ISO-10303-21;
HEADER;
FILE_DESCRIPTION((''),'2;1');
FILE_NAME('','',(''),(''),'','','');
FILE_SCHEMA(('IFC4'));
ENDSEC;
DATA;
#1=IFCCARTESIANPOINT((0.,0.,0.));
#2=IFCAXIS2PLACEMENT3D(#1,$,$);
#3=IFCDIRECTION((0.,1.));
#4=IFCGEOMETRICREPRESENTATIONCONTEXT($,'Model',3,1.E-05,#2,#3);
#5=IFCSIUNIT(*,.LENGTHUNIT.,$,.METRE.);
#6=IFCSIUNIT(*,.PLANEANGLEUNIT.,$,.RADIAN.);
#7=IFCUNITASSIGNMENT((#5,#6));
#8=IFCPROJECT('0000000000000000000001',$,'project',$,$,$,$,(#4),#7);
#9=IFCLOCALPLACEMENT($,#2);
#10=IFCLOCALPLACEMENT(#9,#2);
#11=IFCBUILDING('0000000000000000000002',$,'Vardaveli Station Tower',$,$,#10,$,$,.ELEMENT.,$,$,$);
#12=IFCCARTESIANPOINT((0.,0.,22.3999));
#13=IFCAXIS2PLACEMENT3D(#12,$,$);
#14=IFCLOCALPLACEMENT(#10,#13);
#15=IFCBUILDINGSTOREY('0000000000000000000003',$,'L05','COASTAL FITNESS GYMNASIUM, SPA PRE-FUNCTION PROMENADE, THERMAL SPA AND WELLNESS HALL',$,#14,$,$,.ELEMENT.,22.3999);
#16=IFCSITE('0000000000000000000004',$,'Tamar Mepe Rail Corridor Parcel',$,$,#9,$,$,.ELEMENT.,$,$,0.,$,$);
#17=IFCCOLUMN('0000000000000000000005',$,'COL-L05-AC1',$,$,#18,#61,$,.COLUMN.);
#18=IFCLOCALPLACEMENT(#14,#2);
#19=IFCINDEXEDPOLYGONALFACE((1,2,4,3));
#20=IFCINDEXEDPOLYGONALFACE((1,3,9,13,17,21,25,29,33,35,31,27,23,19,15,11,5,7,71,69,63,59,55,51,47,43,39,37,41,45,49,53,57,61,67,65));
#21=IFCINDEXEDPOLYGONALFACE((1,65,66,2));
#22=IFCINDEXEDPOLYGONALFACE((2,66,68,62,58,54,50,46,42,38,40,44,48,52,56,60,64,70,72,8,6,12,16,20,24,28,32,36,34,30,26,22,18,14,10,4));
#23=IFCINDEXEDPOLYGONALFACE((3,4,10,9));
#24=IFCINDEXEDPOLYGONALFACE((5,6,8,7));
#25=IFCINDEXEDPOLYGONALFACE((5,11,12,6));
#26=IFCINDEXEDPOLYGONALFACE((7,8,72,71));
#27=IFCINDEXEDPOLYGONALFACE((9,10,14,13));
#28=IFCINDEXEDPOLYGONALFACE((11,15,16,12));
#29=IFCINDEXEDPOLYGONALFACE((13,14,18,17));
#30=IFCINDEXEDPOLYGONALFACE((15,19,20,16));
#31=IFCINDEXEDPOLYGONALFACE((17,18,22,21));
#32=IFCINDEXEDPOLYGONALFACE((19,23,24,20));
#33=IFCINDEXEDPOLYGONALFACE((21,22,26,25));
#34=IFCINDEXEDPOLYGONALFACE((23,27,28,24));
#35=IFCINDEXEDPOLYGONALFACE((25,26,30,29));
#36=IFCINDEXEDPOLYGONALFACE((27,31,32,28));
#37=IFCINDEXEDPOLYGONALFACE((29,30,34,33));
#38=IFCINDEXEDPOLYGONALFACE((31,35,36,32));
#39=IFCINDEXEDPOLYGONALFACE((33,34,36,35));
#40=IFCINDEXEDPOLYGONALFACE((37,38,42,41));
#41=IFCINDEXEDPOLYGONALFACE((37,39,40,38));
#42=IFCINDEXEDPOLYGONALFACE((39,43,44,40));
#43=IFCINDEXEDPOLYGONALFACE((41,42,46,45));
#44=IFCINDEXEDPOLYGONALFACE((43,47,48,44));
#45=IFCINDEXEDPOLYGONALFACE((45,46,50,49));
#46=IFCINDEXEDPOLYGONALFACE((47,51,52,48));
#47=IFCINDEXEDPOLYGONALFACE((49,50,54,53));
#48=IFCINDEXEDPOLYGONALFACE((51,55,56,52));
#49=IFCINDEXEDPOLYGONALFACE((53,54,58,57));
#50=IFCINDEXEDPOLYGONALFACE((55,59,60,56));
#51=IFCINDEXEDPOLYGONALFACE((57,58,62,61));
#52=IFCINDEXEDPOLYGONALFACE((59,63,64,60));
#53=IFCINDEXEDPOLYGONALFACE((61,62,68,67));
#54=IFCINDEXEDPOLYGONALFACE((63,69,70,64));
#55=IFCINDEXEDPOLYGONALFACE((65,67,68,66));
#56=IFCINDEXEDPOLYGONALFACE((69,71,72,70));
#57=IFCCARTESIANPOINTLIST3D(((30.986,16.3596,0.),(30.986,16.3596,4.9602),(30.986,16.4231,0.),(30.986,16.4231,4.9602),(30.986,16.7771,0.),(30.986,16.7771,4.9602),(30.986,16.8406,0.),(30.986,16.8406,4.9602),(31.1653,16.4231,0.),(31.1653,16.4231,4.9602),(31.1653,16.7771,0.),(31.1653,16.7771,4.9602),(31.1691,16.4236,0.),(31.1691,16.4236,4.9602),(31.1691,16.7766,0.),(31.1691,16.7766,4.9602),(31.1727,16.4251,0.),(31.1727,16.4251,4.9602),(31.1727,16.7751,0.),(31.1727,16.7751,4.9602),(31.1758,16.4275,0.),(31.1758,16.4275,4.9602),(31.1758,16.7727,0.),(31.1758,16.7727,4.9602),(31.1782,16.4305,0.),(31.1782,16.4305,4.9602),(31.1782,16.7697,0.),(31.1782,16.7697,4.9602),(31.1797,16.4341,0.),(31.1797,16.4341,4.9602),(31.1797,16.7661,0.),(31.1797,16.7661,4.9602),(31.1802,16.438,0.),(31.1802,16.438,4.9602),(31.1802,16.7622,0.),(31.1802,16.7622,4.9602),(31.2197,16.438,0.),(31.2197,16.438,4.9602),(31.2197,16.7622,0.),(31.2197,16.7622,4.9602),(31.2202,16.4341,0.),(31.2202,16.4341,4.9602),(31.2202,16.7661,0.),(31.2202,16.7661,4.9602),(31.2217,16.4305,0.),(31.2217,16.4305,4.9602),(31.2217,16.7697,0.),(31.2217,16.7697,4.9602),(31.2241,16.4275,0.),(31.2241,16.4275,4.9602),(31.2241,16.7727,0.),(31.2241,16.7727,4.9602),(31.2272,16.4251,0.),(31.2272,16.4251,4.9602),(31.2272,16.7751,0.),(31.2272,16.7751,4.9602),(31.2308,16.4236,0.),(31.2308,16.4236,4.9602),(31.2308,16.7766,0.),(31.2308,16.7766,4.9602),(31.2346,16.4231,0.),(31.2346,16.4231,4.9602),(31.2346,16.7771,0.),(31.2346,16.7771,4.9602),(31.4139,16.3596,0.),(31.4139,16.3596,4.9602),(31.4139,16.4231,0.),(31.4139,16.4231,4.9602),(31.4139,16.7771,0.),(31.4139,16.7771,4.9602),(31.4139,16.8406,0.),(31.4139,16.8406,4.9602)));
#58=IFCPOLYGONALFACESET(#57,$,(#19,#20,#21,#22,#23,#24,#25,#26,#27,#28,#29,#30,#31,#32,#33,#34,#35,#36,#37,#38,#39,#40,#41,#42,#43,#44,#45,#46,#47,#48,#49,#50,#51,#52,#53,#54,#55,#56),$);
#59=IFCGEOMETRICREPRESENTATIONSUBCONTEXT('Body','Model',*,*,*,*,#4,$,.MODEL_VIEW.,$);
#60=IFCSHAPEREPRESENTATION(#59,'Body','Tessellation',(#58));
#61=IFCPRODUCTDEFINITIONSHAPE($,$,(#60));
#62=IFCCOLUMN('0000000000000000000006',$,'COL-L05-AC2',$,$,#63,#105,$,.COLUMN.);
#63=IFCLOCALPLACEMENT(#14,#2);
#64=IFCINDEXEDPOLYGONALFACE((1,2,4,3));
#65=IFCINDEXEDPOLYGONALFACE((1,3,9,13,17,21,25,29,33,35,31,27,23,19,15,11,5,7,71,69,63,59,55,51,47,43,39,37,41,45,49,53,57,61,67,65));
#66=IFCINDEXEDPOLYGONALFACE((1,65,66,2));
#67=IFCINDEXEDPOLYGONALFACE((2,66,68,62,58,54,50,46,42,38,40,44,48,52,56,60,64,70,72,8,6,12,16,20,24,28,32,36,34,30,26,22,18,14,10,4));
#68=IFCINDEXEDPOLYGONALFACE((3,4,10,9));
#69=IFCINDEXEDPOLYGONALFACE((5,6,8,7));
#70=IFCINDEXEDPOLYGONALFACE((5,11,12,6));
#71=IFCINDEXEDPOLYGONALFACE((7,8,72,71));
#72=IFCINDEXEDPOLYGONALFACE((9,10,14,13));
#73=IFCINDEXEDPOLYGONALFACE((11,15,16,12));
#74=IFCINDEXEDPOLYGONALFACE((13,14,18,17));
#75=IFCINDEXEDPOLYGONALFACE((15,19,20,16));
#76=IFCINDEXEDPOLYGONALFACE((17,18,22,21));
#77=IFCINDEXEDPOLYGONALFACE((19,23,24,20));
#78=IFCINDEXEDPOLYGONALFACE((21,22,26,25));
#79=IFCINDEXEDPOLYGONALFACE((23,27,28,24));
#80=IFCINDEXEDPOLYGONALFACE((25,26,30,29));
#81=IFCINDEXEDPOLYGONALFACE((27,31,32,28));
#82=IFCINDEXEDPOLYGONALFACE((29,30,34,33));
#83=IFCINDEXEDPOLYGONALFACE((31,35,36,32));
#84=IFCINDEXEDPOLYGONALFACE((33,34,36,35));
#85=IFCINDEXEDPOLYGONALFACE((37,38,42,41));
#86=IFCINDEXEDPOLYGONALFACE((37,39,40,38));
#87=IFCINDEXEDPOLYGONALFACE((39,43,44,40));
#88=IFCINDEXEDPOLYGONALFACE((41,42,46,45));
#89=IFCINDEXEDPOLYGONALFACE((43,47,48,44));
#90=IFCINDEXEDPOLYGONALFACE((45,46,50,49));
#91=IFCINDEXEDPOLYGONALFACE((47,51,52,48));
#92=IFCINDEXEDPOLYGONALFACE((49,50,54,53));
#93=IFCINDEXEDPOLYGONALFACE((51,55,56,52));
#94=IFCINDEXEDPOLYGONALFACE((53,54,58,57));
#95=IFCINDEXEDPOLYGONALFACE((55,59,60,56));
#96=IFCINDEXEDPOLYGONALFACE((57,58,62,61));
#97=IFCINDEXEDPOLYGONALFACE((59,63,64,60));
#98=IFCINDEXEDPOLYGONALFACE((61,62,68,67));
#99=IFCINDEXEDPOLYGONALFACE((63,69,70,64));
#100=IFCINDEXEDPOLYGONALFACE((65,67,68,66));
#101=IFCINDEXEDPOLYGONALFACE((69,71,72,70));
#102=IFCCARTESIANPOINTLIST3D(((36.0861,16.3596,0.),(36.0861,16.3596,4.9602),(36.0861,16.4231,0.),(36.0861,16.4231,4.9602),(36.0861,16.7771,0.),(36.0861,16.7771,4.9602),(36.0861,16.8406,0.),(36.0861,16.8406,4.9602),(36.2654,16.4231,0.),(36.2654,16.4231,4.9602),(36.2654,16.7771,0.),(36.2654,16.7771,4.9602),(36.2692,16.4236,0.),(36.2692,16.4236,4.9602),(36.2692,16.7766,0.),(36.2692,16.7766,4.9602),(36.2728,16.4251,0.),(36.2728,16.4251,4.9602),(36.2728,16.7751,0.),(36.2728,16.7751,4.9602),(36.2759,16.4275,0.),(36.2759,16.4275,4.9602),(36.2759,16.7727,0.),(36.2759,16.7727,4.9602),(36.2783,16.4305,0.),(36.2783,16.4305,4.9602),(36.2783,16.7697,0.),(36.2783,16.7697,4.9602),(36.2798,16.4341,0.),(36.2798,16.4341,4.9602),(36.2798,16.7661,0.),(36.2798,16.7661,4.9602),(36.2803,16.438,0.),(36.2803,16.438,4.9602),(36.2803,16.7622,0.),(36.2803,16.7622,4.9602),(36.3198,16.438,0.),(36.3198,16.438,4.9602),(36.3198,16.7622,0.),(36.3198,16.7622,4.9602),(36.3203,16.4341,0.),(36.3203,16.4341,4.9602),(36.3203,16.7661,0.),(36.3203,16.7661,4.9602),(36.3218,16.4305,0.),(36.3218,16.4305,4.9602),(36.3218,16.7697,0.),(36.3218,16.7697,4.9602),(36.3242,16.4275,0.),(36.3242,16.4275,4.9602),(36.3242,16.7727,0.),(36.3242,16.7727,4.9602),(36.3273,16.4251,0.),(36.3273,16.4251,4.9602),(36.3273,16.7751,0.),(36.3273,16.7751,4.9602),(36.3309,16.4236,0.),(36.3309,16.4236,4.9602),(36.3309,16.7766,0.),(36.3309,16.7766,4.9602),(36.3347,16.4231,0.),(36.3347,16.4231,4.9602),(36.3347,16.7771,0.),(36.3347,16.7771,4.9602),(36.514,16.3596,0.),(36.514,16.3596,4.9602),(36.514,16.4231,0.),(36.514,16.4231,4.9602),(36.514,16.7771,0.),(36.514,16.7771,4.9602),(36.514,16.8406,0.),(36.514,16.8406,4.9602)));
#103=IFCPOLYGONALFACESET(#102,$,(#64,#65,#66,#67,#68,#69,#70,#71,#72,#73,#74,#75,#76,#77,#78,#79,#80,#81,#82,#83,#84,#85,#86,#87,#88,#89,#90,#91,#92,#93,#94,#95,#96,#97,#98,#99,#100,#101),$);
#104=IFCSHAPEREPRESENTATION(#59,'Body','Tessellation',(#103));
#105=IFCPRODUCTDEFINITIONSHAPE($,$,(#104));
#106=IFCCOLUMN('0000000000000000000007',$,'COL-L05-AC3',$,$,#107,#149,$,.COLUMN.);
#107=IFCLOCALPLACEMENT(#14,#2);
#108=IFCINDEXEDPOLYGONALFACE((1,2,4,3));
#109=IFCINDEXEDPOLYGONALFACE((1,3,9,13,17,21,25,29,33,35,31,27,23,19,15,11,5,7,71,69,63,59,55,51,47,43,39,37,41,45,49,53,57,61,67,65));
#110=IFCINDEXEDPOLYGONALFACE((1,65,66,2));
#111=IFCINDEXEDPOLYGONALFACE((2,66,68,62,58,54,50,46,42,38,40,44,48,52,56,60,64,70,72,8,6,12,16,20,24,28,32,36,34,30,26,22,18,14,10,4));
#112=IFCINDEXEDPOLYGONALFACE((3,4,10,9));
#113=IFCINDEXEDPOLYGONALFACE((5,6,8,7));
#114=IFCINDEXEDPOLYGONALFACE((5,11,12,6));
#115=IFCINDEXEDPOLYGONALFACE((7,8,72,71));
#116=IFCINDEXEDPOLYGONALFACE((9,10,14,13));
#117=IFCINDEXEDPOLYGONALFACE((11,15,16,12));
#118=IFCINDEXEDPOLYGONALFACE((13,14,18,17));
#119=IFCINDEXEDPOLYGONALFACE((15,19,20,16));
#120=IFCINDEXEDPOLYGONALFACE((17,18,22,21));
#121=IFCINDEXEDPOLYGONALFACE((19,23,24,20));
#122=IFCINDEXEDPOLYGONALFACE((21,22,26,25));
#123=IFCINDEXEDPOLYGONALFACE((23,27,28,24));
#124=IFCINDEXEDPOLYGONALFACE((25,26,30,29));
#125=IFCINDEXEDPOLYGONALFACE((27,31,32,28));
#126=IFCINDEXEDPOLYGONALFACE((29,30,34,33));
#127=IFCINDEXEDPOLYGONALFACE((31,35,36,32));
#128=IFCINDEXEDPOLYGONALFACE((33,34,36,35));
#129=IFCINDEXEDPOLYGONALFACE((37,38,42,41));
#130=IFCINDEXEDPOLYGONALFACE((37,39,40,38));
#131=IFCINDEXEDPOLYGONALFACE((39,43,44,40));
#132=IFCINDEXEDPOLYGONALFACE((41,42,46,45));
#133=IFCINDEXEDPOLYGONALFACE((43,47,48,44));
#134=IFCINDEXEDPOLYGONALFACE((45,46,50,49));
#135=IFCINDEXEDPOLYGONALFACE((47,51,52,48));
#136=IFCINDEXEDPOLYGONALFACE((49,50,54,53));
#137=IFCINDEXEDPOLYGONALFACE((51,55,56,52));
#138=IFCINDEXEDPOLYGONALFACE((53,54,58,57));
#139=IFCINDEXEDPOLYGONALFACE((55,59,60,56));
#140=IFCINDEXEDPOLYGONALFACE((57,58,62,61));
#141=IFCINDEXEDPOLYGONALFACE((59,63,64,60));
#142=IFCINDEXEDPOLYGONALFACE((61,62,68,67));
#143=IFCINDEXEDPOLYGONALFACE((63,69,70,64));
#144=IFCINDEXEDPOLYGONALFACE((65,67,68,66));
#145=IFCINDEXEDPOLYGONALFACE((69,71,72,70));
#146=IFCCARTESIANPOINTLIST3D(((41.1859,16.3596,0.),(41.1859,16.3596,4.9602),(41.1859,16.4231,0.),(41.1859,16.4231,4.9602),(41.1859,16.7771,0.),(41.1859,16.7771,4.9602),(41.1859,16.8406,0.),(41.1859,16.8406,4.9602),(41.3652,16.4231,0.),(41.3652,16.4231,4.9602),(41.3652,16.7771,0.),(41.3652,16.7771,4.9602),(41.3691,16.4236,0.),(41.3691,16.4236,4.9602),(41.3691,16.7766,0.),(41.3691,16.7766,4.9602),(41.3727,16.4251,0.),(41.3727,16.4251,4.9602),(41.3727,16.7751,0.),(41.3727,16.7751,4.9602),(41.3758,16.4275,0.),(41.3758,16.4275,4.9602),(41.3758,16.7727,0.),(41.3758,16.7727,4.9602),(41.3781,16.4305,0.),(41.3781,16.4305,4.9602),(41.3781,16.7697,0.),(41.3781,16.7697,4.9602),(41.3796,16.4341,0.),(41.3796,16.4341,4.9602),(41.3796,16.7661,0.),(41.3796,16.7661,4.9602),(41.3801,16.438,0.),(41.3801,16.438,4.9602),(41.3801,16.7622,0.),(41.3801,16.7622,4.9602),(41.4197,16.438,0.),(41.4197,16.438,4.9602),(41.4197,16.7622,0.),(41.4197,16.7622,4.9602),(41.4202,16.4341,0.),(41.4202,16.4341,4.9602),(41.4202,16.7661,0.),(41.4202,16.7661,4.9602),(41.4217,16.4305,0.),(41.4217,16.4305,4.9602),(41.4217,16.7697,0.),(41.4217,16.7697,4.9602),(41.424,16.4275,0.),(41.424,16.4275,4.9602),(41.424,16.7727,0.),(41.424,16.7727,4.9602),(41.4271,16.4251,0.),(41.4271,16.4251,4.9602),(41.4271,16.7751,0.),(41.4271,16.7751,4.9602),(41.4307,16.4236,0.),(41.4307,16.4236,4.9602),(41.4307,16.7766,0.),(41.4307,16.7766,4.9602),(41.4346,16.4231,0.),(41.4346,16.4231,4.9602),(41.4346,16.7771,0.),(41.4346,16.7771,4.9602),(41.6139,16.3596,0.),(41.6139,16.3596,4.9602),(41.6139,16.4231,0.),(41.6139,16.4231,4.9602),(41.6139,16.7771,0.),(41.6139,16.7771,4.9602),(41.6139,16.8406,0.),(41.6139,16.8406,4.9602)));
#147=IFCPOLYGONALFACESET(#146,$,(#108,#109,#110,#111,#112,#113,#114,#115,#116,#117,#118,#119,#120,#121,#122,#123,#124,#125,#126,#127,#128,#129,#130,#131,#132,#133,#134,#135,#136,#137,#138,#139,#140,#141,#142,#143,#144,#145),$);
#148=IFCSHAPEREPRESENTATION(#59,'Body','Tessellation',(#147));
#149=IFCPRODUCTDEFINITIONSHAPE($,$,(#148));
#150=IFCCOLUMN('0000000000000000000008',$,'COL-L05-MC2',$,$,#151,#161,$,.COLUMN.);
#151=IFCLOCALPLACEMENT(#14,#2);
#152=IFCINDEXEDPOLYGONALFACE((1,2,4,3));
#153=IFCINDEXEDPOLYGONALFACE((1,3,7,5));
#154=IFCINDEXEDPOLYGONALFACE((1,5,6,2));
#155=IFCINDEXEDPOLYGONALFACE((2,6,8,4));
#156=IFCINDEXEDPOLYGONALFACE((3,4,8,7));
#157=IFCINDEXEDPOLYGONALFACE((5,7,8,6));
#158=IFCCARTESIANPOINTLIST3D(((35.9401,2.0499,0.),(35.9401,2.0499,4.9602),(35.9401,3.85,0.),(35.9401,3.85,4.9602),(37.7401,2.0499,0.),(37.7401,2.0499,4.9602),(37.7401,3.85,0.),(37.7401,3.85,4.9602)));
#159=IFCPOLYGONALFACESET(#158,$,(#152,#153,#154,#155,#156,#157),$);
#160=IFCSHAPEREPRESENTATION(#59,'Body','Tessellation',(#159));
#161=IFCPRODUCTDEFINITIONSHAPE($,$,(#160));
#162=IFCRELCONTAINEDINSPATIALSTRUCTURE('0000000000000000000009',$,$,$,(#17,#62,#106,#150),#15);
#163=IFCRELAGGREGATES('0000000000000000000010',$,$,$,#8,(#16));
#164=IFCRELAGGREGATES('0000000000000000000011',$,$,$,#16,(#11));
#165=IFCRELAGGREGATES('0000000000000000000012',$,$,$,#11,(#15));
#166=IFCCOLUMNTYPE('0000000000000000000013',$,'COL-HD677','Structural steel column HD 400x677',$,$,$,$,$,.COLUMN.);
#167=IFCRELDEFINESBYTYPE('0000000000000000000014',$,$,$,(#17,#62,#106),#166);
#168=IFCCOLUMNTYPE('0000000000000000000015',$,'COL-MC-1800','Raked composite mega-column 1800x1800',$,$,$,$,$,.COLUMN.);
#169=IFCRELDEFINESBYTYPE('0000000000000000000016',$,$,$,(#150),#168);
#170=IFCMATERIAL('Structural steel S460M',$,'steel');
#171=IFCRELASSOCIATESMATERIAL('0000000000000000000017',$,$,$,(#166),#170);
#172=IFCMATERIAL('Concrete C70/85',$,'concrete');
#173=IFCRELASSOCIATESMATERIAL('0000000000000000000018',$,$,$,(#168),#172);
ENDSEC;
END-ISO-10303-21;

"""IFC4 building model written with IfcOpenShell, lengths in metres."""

from ifc_helpers import new_model, si_unit, direction, frame, origin, origin_2d, place, context, subcontext, project, spatial, rectangle, i_section, extrude, source, transform, mapped, material, material_profile, profile_set, type_object, element, save


model = new_model("IFC4")

# Units and contexts
model_context = context("Model", 3, precision=1e-05, world=origin(), true_north=direction((0.0, 1.0)))
body_context = subcontext(model_context, "Body", "Model", "MODEL_VIEW")
ifc_project = project(units=[si_unit("LENGTHUNIT", "METRE"), si_unit("PLANEANGLEUNIT", "RADIAN")], contexts=[model_context])

# Site, building, storey
site_placement = place(None, origin())
site = spatial("IfcSite", under=ifc_project, at=site_placement, Name="Tamar Mepe Rail Corridor Parcel", CompositionType="ELEMENT", RefElevation=0.0)
building_placement = place(site_placement, origin())
building = spatial("IfcBuilding", under=site, at=building_placement, Name="Vardaveli Station Tower", CompositionType="ELEMENT")
storey_placement = place(building_placement, frame((0.0, 0.0, 22.3999)))
storey = spatial("IfcBuildingStorey", under=building, at=storey_placement, Name="L05", Description="COASTAL FITNESS GYMNASIUM, SPA PRE-FUNCTION PROMENADE, THERMAL SPA AND WELLNESS HALL", CompositionType="ELEMENT", Elevation=22.3999)

# Columns
ifc_material_1 = material(Name="Structural steel S460M", Category="steel")
ifc_material_profile_1 = material_profile(ifc_material_1, i_section(OverallWidth=0.428, OverallDepth=0.481, WebThickness=0.0396, FlangeThickness=0.0635, FilletRadius=0.0149, at=origin_2d()), Name="HD 400x677")
ifc_profile_set_1 = profile_set([ifc_material_profile_1], Name="Structural steel S460M")
column_type_1 = type_object("IfcColumnType", Name="COL-HD677", Description="Structural steel column HD 400x677", PredefinedType="COLUMN", material=ifc_profile_set_1)
shared_shape_1 = source(origin(), body_context, "Body", "SweptSolid", [
    extrude(i_section(OverallWidth=0.428, OverallDepth=0.481, WebThickness=0.0396, FlangeThickness=0.0635, FilletRadius=0.0149, at=origin_2d()), origin(), (0.0, 0.0, 1.0), 4.9602),
])
for number, where, z_axis, x_axis, name in (
    (1, (31.2, 16.6001, 0.0), (0.0, 0.0, 1.0), (1.0, 0.0, 0.0), "COL-L05-AC1"),
    (2, (36.3, 16.6001, 0.0), (0.0, 0.0, 1.0), (1.0, 0.0, 0.0), "COL-L05-AC2"),
    (3, (41.3999, 16.6001, 0.0), (0.0, 0.0, 1.0), (1.0, 0.0, 0.0), "COL-L05-AC3"),
):
    element("IfcColumn", number, at=place(storey_placement, frame(where, z_axis=z_axis, x_axis=x_axis)), inside=storey, type_object=column_type_1, Name=name, PredefinedType="COLUMN", context=body_context, shape_type="MappedRepresentation", body=[
        mapped(shared_shape_1, transform((0.0, 0.0, 0.0), scale=1.0)),
    ])
ifc_material_2 = material(Name="Concrete C70/85", Category="concrete")
ifc_material_profile_2 = material_profile(ifc_material_2, rectangle(XDim=1.8, YDim=1.8, at=origin_2d()), Name="MC 1800x1800")
ifc_profile_set_2 = profile_set([ifc_material_profile_2], Name="Concrete C70/85")
column_type_2 = type_object("IfcColumnType", Name="COL-MC-1800", Description="Raked composite mega-column 1800x1800", PredefinedType="COLUMN", material=ifc_profile_set_2)
shared_shape_2 = source(origin(), body_context, "Body", "SweptSolid", [
    extrude(rectangle(XDim=1.8, YDim=1.8, at=origin_2d()), origin(), (0.0, 0.0, 1.0), 4.9602),
])
column_1_placement = place(storey_placement, frame((36.8401, 2.95, 0.0), z_axis=(0.0, 0.0, 1.0), x_axis=(1.0, 0.0, 0.0)))
element("IfcColumn", 4, at=column_1_placement, inside=storey, type_object=column_type_2, Name="COL-L05-MC2", PredefinedType="COLUMN", context=body_context, shape_type="MappedRepresentation", body=[
    mapped(shared_shape_2, transform((0.0, 0.0, 0.0), scale=1.0)),
])

save(model, "model.ifc")
